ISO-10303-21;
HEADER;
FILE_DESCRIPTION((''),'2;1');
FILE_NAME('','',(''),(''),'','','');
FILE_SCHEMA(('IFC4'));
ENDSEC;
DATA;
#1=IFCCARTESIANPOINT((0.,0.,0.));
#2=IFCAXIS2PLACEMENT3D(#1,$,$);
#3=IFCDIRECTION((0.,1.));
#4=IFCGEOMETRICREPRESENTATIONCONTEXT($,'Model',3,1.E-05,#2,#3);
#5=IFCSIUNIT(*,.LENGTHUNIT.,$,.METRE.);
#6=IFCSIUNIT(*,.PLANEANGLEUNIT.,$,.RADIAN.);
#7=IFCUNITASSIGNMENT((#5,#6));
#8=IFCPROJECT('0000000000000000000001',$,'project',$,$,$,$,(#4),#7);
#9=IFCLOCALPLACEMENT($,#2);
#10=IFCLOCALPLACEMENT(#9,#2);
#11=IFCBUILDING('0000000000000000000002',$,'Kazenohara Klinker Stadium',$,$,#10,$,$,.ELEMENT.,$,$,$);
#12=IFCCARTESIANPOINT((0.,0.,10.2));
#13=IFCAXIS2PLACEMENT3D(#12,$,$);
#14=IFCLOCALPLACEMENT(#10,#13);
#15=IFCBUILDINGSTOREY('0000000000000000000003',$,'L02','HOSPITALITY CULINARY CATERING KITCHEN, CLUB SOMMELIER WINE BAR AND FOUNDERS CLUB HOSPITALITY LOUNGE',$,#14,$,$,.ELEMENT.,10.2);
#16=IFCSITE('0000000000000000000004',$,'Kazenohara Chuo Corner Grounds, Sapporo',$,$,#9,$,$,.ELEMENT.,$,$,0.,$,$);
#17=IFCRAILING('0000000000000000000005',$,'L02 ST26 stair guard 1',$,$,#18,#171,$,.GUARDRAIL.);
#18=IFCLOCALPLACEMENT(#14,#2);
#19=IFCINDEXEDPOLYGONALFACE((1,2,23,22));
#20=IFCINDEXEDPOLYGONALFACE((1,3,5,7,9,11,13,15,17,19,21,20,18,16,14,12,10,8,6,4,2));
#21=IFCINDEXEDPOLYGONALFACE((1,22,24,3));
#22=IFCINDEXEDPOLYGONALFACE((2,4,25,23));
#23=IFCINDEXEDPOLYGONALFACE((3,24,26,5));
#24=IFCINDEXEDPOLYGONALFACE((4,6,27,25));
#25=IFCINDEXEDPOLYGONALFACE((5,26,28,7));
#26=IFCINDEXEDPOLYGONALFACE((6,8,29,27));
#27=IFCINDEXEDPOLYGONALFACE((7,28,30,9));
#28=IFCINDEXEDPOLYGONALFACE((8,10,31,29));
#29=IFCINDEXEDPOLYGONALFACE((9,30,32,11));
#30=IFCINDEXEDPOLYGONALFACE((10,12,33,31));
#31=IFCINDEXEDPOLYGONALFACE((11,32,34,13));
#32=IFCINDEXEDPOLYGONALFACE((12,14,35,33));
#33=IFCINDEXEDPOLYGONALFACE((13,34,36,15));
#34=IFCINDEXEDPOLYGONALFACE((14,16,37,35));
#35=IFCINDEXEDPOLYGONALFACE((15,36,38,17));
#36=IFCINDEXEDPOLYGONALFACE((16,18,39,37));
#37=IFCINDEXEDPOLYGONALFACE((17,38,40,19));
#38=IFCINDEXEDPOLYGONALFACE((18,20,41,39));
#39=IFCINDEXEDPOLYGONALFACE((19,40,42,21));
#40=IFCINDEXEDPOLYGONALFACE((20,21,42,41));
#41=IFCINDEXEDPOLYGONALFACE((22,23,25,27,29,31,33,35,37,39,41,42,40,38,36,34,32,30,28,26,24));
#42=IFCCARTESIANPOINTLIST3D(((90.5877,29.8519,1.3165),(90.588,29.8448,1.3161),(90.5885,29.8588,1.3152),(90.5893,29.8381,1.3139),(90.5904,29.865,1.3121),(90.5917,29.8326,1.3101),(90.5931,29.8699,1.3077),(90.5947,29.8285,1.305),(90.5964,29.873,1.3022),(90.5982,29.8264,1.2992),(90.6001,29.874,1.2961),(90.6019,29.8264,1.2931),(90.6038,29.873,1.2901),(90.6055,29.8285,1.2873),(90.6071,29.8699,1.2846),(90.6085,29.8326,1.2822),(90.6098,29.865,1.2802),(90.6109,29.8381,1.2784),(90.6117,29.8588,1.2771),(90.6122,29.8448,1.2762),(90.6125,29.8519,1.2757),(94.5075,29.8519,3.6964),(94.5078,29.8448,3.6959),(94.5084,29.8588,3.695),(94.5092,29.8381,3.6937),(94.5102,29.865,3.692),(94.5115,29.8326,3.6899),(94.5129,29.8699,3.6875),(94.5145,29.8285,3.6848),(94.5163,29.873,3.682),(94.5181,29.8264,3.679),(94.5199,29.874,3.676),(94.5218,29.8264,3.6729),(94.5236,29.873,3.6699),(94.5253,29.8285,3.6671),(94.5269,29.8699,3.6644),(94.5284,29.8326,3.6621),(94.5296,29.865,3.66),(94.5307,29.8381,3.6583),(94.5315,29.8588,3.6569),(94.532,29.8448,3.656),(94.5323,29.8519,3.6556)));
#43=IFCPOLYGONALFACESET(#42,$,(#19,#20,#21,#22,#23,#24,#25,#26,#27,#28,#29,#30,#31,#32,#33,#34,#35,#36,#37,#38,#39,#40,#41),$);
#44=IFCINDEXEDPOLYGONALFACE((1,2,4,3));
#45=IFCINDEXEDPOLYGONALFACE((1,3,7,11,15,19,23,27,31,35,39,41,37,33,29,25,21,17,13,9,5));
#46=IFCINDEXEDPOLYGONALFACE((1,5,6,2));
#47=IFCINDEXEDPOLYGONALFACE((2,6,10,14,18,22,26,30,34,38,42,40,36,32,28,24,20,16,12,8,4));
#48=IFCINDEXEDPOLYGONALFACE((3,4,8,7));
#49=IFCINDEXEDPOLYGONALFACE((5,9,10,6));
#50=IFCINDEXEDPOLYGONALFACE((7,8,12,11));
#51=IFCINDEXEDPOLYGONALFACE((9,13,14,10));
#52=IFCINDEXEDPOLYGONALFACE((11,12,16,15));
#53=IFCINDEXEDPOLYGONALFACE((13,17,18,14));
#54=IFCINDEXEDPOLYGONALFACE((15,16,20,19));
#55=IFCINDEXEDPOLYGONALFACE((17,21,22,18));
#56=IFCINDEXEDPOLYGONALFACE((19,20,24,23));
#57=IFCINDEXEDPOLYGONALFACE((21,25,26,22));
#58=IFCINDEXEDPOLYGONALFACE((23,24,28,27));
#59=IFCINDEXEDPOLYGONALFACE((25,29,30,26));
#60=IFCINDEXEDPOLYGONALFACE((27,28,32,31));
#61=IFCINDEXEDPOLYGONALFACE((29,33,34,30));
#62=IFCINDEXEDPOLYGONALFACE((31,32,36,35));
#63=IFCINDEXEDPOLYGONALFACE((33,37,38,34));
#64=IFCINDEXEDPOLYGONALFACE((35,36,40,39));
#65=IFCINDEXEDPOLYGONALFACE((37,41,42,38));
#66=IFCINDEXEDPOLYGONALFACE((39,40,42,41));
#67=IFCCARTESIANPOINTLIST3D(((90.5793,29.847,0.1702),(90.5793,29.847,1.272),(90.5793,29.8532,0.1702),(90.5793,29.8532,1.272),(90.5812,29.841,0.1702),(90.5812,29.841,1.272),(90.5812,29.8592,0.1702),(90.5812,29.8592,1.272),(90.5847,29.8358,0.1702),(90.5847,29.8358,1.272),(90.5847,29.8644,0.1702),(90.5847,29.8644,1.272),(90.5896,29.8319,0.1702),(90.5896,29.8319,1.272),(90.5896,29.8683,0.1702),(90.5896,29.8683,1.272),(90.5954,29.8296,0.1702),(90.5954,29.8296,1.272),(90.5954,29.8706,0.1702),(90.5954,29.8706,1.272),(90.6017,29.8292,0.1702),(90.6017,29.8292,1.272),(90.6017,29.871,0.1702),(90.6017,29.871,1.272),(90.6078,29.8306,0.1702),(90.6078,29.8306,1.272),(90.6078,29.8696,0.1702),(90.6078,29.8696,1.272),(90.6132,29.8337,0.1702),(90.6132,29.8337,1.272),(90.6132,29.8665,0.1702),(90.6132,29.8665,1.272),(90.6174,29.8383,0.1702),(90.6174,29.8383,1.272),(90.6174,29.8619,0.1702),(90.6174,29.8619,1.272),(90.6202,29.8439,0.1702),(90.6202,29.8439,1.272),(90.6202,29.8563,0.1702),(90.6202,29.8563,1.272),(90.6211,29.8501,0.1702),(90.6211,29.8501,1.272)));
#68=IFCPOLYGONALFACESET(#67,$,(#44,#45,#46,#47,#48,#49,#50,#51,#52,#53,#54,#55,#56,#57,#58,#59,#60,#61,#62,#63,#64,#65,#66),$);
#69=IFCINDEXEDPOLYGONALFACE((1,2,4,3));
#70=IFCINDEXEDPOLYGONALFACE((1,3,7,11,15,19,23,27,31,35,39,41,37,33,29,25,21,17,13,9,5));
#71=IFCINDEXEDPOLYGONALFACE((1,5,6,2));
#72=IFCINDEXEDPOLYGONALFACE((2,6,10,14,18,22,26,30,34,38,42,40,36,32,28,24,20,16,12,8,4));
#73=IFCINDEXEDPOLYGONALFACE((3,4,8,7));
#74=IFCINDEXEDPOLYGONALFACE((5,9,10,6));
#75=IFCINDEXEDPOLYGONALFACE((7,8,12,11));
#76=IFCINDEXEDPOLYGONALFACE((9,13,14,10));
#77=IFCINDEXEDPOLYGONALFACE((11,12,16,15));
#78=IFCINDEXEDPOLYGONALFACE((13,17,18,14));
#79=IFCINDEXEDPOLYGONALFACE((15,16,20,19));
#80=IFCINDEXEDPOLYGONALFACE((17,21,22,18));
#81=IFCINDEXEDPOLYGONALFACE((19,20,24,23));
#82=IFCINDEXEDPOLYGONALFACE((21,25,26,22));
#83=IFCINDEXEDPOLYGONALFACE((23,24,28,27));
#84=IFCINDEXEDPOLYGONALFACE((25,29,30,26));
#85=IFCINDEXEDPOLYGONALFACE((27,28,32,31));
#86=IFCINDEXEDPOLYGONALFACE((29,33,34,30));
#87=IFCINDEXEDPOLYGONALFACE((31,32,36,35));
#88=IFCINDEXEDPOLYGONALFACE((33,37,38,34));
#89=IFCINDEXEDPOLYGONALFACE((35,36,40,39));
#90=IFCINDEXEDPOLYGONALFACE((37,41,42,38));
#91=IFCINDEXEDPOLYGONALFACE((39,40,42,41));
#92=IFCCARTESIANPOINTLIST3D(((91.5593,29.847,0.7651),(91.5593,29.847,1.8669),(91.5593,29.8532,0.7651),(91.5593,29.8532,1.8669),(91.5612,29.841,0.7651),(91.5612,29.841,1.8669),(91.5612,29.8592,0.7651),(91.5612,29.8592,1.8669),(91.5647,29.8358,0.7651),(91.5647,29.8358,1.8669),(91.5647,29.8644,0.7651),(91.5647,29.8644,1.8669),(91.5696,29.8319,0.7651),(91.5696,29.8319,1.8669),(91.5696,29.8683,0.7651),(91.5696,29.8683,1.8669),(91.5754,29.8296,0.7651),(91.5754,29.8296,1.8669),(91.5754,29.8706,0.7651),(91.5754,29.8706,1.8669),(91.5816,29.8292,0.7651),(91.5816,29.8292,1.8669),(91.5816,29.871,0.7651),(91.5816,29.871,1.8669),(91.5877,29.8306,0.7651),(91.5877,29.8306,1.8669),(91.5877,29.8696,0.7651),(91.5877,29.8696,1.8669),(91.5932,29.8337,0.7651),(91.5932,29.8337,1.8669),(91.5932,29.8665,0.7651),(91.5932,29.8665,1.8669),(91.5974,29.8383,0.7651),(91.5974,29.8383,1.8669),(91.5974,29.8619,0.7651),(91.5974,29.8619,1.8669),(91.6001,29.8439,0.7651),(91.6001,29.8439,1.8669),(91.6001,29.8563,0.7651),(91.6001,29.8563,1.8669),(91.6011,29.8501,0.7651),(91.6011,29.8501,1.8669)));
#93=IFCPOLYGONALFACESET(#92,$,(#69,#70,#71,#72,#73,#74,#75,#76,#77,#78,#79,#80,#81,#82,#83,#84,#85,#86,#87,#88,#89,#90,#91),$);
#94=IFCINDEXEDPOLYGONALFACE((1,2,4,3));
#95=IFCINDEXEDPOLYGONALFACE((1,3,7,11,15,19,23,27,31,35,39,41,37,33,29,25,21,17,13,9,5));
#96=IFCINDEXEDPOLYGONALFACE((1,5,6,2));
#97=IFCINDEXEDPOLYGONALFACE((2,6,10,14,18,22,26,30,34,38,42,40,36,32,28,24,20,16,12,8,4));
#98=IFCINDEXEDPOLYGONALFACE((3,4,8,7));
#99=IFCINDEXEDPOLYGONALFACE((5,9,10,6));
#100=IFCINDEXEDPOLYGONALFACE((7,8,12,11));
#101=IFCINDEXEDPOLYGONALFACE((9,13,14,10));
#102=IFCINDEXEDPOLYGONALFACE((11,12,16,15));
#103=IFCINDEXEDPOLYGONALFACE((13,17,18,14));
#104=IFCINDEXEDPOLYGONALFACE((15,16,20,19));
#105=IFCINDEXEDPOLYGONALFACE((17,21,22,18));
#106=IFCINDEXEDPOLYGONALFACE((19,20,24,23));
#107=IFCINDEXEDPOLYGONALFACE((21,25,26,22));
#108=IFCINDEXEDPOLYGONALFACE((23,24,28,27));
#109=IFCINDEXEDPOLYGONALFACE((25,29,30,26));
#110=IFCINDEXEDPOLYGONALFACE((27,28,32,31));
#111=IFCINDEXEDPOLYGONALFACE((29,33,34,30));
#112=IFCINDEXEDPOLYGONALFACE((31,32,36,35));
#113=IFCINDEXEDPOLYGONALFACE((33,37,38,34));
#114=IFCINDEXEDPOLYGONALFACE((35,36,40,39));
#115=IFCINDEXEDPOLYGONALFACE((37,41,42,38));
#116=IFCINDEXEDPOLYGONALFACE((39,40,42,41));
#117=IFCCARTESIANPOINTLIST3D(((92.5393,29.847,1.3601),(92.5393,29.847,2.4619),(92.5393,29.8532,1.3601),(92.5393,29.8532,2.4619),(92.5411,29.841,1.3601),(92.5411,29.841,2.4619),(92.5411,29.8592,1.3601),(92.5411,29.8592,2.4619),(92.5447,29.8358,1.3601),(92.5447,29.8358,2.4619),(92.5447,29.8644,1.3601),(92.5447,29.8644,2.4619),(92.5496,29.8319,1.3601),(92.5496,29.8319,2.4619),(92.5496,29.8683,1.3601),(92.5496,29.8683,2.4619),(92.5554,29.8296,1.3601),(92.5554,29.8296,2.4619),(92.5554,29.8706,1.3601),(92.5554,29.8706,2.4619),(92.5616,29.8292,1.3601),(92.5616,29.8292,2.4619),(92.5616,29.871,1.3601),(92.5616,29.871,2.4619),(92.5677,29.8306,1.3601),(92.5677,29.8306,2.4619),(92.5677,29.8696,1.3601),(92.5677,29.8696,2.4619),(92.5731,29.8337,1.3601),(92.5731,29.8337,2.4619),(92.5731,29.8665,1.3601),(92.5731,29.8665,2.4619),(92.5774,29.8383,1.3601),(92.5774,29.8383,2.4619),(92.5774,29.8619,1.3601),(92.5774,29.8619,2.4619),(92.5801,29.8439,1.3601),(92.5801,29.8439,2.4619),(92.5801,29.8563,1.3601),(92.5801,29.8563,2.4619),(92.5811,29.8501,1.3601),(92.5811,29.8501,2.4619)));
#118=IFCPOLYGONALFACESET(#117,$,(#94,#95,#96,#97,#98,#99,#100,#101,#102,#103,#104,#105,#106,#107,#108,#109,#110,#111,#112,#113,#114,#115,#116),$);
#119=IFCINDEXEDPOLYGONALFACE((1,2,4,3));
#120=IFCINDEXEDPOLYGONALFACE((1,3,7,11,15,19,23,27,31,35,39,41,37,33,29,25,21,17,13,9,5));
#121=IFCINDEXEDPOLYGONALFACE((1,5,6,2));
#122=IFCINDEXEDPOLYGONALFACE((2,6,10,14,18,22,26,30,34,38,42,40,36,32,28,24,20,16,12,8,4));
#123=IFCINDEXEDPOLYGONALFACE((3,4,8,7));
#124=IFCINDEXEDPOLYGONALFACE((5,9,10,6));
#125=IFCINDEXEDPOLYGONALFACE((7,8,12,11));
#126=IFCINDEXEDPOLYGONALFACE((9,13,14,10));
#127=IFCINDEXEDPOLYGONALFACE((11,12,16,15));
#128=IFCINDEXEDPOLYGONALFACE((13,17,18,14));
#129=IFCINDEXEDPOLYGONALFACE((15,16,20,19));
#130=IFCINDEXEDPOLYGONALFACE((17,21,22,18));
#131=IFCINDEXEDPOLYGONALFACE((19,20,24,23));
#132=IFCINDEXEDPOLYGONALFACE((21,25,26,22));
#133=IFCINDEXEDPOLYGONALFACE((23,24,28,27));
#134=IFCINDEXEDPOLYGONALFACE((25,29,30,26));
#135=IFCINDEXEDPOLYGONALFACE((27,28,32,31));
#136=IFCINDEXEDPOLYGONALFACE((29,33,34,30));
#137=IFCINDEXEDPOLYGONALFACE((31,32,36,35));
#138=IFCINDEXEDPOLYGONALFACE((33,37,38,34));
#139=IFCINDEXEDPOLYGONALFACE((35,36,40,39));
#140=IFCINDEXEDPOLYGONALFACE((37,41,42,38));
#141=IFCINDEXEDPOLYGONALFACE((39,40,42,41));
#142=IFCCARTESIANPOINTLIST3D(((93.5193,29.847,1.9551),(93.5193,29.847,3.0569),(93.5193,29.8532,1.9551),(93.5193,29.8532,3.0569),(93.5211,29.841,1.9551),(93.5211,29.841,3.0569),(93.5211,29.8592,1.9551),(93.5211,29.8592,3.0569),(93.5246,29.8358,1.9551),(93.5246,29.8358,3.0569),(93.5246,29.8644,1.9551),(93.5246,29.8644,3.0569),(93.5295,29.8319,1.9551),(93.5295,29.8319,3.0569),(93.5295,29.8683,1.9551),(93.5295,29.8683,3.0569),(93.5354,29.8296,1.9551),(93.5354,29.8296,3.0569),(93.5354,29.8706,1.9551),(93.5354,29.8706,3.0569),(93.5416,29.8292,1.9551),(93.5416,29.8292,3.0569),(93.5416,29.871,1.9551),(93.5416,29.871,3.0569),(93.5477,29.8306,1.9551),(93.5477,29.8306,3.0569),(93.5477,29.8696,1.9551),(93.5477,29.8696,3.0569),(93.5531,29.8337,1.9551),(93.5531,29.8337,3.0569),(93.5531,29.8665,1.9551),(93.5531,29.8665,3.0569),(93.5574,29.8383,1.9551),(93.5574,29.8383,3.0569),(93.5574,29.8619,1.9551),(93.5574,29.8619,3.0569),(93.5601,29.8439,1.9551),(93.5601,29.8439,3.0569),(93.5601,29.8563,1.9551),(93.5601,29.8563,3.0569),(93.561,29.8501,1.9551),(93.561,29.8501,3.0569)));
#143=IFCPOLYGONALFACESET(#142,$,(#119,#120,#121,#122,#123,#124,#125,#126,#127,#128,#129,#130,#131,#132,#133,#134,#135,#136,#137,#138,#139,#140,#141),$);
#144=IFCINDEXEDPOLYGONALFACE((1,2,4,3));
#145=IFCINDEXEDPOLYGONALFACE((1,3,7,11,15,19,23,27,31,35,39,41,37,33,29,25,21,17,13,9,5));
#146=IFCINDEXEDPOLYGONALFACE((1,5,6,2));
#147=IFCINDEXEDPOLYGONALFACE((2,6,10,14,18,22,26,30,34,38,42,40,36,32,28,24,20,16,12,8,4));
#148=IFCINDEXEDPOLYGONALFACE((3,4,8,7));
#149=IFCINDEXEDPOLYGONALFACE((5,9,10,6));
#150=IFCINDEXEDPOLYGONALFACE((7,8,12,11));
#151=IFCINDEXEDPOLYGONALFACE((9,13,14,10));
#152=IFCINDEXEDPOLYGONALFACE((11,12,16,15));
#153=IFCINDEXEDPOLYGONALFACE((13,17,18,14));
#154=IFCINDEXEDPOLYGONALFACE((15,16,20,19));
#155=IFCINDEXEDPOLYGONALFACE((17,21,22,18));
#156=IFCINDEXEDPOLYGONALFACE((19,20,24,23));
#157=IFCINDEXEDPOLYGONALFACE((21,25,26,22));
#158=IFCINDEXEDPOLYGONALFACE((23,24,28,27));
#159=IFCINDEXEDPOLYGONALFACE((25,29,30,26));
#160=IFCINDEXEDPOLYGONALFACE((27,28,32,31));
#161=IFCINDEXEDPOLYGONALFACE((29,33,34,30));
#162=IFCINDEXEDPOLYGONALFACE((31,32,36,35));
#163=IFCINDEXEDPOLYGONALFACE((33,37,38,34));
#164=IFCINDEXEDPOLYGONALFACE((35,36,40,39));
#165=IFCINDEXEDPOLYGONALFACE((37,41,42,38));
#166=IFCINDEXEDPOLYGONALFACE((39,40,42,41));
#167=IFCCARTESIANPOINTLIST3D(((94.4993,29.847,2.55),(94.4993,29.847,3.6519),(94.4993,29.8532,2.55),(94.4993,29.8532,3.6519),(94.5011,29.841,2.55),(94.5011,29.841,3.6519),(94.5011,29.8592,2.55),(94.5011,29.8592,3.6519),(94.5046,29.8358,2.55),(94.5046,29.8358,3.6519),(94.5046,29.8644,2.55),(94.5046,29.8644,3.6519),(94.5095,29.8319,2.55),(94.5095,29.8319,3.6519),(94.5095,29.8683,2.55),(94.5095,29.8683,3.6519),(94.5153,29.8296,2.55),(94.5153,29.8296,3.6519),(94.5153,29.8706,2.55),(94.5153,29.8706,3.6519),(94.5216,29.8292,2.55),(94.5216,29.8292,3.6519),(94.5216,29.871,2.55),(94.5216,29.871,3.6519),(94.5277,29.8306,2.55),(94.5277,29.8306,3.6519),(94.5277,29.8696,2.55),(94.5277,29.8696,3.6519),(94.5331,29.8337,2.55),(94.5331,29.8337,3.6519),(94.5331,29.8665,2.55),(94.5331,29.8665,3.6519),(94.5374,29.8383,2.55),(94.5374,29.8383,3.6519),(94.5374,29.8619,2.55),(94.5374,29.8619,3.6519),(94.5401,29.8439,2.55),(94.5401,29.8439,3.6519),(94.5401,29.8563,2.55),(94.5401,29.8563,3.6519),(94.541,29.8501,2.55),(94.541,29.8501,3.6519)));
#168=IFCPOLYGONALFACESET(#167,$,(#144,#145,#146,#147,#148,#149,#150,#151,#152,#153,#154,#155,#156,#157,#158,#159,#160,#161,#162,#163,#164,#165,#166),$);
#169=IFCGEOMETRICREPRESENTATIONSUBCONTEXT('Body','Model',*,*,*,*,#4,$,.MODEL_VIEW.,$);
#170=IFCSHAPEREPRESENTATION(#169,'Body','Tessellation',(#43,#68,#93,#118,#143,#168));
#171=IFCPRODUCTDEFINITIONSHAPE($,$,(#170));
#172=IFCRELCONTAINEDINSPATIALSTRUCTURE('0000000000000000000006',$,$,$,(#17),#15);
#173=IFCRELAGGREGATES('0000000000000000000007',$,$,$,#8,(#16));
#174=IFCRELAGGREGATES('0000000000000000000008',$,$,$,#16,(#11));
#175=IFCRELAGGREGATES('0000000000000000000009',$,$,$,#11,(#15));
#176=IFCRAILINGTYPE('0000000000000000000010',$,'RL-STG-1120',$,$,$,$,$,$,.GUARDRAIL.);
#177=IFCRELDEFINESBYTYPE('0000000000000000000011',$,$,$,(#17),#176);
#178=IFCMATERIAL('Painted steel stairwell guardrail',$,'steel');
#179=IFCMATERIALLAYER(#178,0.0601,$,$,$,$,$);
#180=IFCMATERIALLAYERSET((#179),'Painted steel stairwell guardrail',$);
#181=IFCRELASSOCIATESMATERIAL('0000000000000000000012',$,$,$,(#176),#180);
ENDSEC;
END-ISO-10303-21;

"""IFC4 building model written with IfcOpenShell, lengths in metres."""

from ifc_helpers import new_model, si_unit, direction, frame, origin, origin_2d, place, context, subcontext, project, spatial, circle, extrude, material, layer, layer_set, type_object, element, save


model = new_model("IFC4")

# Units and contexts
model_context = context("Model", 3, precision=1e-05, world=origin(), true_north=direction((0.0, 1.0)))
body_context = subcontext(model_context, "Body", "Model", "MODEL_VIEW")
ifc_project = project(units=[si_unit("LENGTHUNIT", "METRE"), si_unit("PLANEANGLEUNIT", "RADIAN")], contexts=[model_context])

# Site, building, storey
site_placement = place(None, origin())
site = spatial("IfcSite", under=ifc_project, at=site_placement, Name="Kazenohara Chuo Corner Grounds, Sapporo", CompositionType="ELEMENT", RefElevation=0.0)
building_placement = place(site_placement, origin())
building = spatial("IfcBuilding", under=site, at=building_placement, Name="Kazenohara Klinker Stadium", CompositionType="ELEMENT")
storey_placement = place(building_placement, frame((0.0, 0.0, 10.2)))
storey = spatial("IfcBuildingStorey", under=building, at=storey_placement, Name="L02", Description="HOSPITALITY CULINARY CATERING KITCHEN, CLUB SOMMELIER WINE BAR AND FOUNDERS CLUB HOSPITALITY LOUNGE", CompositionType="ELEMENT", Elevation=10.2)

# Railing
ifc_material_1 = material(Name="Painted steel stairwell guardrail", Category="steel")
ifc_layer_1 = layer(ifc_material_1, 0.0601)
ifc_layer_set_1 = layer_set([ifc_layer_1], Name="Painted steel stairwell guardrail")
railing_type_1 = type_object("IfcRailingType", Name="RL-STG-1120", PredefinedType="GUARDRAIL", material=ifc_layer_set_1)
railing_1_placement = place(storey_placement, frame((90.6001, 29.8501, 0.1702)))
element("IfcRailing", 1, at=railing_1_placement, inside=storey, type_object=railing_type_1, Name="L02 ST26 stair guard 1", PredefinedType="GUARDRAIL", context=body_context, shape_type="SweptSolid", body=[
    extrude(circle(Radius=0.0239, at=origin_2d()), frame((0.0, 0.0, 1.126), z_axis=(0.854794, 0.0, 0.518967), x_axis=(0.0, 1.0, 0.0)), (0.0, 0.0, 1.0), 4.5857),
    extrude(circle(Radius=0.021, at=origin_2d()), origin(), (0.0, 0.0, 1.0), 1.1018),
    extrude(circle(Radius=0.021, at=origin_2d()), frame((0.98, 0.0, 0.595)), (0.0, 0.0, 1.0), 1.1018),
    extrude(circle(Radius=0.021, at=origin_2d()), frame((1.96, 0.0, 1.1899)), (0.0, 0.0, 1.0), 1.1018),
    extrude(circle(Radius=0.021, at=origin_2d()), frame((2.9399, 0.0, 1.7849)), (0.0, 0.0, 1.0), 1.1018),
    extrude(circle(Radius=0.021, at=origin_2d()), frame((3.9199, 0.0, 2.3799)), (0.0, 0.0, 1.0), 1.1018),
])

save(model, "model.ifc")
